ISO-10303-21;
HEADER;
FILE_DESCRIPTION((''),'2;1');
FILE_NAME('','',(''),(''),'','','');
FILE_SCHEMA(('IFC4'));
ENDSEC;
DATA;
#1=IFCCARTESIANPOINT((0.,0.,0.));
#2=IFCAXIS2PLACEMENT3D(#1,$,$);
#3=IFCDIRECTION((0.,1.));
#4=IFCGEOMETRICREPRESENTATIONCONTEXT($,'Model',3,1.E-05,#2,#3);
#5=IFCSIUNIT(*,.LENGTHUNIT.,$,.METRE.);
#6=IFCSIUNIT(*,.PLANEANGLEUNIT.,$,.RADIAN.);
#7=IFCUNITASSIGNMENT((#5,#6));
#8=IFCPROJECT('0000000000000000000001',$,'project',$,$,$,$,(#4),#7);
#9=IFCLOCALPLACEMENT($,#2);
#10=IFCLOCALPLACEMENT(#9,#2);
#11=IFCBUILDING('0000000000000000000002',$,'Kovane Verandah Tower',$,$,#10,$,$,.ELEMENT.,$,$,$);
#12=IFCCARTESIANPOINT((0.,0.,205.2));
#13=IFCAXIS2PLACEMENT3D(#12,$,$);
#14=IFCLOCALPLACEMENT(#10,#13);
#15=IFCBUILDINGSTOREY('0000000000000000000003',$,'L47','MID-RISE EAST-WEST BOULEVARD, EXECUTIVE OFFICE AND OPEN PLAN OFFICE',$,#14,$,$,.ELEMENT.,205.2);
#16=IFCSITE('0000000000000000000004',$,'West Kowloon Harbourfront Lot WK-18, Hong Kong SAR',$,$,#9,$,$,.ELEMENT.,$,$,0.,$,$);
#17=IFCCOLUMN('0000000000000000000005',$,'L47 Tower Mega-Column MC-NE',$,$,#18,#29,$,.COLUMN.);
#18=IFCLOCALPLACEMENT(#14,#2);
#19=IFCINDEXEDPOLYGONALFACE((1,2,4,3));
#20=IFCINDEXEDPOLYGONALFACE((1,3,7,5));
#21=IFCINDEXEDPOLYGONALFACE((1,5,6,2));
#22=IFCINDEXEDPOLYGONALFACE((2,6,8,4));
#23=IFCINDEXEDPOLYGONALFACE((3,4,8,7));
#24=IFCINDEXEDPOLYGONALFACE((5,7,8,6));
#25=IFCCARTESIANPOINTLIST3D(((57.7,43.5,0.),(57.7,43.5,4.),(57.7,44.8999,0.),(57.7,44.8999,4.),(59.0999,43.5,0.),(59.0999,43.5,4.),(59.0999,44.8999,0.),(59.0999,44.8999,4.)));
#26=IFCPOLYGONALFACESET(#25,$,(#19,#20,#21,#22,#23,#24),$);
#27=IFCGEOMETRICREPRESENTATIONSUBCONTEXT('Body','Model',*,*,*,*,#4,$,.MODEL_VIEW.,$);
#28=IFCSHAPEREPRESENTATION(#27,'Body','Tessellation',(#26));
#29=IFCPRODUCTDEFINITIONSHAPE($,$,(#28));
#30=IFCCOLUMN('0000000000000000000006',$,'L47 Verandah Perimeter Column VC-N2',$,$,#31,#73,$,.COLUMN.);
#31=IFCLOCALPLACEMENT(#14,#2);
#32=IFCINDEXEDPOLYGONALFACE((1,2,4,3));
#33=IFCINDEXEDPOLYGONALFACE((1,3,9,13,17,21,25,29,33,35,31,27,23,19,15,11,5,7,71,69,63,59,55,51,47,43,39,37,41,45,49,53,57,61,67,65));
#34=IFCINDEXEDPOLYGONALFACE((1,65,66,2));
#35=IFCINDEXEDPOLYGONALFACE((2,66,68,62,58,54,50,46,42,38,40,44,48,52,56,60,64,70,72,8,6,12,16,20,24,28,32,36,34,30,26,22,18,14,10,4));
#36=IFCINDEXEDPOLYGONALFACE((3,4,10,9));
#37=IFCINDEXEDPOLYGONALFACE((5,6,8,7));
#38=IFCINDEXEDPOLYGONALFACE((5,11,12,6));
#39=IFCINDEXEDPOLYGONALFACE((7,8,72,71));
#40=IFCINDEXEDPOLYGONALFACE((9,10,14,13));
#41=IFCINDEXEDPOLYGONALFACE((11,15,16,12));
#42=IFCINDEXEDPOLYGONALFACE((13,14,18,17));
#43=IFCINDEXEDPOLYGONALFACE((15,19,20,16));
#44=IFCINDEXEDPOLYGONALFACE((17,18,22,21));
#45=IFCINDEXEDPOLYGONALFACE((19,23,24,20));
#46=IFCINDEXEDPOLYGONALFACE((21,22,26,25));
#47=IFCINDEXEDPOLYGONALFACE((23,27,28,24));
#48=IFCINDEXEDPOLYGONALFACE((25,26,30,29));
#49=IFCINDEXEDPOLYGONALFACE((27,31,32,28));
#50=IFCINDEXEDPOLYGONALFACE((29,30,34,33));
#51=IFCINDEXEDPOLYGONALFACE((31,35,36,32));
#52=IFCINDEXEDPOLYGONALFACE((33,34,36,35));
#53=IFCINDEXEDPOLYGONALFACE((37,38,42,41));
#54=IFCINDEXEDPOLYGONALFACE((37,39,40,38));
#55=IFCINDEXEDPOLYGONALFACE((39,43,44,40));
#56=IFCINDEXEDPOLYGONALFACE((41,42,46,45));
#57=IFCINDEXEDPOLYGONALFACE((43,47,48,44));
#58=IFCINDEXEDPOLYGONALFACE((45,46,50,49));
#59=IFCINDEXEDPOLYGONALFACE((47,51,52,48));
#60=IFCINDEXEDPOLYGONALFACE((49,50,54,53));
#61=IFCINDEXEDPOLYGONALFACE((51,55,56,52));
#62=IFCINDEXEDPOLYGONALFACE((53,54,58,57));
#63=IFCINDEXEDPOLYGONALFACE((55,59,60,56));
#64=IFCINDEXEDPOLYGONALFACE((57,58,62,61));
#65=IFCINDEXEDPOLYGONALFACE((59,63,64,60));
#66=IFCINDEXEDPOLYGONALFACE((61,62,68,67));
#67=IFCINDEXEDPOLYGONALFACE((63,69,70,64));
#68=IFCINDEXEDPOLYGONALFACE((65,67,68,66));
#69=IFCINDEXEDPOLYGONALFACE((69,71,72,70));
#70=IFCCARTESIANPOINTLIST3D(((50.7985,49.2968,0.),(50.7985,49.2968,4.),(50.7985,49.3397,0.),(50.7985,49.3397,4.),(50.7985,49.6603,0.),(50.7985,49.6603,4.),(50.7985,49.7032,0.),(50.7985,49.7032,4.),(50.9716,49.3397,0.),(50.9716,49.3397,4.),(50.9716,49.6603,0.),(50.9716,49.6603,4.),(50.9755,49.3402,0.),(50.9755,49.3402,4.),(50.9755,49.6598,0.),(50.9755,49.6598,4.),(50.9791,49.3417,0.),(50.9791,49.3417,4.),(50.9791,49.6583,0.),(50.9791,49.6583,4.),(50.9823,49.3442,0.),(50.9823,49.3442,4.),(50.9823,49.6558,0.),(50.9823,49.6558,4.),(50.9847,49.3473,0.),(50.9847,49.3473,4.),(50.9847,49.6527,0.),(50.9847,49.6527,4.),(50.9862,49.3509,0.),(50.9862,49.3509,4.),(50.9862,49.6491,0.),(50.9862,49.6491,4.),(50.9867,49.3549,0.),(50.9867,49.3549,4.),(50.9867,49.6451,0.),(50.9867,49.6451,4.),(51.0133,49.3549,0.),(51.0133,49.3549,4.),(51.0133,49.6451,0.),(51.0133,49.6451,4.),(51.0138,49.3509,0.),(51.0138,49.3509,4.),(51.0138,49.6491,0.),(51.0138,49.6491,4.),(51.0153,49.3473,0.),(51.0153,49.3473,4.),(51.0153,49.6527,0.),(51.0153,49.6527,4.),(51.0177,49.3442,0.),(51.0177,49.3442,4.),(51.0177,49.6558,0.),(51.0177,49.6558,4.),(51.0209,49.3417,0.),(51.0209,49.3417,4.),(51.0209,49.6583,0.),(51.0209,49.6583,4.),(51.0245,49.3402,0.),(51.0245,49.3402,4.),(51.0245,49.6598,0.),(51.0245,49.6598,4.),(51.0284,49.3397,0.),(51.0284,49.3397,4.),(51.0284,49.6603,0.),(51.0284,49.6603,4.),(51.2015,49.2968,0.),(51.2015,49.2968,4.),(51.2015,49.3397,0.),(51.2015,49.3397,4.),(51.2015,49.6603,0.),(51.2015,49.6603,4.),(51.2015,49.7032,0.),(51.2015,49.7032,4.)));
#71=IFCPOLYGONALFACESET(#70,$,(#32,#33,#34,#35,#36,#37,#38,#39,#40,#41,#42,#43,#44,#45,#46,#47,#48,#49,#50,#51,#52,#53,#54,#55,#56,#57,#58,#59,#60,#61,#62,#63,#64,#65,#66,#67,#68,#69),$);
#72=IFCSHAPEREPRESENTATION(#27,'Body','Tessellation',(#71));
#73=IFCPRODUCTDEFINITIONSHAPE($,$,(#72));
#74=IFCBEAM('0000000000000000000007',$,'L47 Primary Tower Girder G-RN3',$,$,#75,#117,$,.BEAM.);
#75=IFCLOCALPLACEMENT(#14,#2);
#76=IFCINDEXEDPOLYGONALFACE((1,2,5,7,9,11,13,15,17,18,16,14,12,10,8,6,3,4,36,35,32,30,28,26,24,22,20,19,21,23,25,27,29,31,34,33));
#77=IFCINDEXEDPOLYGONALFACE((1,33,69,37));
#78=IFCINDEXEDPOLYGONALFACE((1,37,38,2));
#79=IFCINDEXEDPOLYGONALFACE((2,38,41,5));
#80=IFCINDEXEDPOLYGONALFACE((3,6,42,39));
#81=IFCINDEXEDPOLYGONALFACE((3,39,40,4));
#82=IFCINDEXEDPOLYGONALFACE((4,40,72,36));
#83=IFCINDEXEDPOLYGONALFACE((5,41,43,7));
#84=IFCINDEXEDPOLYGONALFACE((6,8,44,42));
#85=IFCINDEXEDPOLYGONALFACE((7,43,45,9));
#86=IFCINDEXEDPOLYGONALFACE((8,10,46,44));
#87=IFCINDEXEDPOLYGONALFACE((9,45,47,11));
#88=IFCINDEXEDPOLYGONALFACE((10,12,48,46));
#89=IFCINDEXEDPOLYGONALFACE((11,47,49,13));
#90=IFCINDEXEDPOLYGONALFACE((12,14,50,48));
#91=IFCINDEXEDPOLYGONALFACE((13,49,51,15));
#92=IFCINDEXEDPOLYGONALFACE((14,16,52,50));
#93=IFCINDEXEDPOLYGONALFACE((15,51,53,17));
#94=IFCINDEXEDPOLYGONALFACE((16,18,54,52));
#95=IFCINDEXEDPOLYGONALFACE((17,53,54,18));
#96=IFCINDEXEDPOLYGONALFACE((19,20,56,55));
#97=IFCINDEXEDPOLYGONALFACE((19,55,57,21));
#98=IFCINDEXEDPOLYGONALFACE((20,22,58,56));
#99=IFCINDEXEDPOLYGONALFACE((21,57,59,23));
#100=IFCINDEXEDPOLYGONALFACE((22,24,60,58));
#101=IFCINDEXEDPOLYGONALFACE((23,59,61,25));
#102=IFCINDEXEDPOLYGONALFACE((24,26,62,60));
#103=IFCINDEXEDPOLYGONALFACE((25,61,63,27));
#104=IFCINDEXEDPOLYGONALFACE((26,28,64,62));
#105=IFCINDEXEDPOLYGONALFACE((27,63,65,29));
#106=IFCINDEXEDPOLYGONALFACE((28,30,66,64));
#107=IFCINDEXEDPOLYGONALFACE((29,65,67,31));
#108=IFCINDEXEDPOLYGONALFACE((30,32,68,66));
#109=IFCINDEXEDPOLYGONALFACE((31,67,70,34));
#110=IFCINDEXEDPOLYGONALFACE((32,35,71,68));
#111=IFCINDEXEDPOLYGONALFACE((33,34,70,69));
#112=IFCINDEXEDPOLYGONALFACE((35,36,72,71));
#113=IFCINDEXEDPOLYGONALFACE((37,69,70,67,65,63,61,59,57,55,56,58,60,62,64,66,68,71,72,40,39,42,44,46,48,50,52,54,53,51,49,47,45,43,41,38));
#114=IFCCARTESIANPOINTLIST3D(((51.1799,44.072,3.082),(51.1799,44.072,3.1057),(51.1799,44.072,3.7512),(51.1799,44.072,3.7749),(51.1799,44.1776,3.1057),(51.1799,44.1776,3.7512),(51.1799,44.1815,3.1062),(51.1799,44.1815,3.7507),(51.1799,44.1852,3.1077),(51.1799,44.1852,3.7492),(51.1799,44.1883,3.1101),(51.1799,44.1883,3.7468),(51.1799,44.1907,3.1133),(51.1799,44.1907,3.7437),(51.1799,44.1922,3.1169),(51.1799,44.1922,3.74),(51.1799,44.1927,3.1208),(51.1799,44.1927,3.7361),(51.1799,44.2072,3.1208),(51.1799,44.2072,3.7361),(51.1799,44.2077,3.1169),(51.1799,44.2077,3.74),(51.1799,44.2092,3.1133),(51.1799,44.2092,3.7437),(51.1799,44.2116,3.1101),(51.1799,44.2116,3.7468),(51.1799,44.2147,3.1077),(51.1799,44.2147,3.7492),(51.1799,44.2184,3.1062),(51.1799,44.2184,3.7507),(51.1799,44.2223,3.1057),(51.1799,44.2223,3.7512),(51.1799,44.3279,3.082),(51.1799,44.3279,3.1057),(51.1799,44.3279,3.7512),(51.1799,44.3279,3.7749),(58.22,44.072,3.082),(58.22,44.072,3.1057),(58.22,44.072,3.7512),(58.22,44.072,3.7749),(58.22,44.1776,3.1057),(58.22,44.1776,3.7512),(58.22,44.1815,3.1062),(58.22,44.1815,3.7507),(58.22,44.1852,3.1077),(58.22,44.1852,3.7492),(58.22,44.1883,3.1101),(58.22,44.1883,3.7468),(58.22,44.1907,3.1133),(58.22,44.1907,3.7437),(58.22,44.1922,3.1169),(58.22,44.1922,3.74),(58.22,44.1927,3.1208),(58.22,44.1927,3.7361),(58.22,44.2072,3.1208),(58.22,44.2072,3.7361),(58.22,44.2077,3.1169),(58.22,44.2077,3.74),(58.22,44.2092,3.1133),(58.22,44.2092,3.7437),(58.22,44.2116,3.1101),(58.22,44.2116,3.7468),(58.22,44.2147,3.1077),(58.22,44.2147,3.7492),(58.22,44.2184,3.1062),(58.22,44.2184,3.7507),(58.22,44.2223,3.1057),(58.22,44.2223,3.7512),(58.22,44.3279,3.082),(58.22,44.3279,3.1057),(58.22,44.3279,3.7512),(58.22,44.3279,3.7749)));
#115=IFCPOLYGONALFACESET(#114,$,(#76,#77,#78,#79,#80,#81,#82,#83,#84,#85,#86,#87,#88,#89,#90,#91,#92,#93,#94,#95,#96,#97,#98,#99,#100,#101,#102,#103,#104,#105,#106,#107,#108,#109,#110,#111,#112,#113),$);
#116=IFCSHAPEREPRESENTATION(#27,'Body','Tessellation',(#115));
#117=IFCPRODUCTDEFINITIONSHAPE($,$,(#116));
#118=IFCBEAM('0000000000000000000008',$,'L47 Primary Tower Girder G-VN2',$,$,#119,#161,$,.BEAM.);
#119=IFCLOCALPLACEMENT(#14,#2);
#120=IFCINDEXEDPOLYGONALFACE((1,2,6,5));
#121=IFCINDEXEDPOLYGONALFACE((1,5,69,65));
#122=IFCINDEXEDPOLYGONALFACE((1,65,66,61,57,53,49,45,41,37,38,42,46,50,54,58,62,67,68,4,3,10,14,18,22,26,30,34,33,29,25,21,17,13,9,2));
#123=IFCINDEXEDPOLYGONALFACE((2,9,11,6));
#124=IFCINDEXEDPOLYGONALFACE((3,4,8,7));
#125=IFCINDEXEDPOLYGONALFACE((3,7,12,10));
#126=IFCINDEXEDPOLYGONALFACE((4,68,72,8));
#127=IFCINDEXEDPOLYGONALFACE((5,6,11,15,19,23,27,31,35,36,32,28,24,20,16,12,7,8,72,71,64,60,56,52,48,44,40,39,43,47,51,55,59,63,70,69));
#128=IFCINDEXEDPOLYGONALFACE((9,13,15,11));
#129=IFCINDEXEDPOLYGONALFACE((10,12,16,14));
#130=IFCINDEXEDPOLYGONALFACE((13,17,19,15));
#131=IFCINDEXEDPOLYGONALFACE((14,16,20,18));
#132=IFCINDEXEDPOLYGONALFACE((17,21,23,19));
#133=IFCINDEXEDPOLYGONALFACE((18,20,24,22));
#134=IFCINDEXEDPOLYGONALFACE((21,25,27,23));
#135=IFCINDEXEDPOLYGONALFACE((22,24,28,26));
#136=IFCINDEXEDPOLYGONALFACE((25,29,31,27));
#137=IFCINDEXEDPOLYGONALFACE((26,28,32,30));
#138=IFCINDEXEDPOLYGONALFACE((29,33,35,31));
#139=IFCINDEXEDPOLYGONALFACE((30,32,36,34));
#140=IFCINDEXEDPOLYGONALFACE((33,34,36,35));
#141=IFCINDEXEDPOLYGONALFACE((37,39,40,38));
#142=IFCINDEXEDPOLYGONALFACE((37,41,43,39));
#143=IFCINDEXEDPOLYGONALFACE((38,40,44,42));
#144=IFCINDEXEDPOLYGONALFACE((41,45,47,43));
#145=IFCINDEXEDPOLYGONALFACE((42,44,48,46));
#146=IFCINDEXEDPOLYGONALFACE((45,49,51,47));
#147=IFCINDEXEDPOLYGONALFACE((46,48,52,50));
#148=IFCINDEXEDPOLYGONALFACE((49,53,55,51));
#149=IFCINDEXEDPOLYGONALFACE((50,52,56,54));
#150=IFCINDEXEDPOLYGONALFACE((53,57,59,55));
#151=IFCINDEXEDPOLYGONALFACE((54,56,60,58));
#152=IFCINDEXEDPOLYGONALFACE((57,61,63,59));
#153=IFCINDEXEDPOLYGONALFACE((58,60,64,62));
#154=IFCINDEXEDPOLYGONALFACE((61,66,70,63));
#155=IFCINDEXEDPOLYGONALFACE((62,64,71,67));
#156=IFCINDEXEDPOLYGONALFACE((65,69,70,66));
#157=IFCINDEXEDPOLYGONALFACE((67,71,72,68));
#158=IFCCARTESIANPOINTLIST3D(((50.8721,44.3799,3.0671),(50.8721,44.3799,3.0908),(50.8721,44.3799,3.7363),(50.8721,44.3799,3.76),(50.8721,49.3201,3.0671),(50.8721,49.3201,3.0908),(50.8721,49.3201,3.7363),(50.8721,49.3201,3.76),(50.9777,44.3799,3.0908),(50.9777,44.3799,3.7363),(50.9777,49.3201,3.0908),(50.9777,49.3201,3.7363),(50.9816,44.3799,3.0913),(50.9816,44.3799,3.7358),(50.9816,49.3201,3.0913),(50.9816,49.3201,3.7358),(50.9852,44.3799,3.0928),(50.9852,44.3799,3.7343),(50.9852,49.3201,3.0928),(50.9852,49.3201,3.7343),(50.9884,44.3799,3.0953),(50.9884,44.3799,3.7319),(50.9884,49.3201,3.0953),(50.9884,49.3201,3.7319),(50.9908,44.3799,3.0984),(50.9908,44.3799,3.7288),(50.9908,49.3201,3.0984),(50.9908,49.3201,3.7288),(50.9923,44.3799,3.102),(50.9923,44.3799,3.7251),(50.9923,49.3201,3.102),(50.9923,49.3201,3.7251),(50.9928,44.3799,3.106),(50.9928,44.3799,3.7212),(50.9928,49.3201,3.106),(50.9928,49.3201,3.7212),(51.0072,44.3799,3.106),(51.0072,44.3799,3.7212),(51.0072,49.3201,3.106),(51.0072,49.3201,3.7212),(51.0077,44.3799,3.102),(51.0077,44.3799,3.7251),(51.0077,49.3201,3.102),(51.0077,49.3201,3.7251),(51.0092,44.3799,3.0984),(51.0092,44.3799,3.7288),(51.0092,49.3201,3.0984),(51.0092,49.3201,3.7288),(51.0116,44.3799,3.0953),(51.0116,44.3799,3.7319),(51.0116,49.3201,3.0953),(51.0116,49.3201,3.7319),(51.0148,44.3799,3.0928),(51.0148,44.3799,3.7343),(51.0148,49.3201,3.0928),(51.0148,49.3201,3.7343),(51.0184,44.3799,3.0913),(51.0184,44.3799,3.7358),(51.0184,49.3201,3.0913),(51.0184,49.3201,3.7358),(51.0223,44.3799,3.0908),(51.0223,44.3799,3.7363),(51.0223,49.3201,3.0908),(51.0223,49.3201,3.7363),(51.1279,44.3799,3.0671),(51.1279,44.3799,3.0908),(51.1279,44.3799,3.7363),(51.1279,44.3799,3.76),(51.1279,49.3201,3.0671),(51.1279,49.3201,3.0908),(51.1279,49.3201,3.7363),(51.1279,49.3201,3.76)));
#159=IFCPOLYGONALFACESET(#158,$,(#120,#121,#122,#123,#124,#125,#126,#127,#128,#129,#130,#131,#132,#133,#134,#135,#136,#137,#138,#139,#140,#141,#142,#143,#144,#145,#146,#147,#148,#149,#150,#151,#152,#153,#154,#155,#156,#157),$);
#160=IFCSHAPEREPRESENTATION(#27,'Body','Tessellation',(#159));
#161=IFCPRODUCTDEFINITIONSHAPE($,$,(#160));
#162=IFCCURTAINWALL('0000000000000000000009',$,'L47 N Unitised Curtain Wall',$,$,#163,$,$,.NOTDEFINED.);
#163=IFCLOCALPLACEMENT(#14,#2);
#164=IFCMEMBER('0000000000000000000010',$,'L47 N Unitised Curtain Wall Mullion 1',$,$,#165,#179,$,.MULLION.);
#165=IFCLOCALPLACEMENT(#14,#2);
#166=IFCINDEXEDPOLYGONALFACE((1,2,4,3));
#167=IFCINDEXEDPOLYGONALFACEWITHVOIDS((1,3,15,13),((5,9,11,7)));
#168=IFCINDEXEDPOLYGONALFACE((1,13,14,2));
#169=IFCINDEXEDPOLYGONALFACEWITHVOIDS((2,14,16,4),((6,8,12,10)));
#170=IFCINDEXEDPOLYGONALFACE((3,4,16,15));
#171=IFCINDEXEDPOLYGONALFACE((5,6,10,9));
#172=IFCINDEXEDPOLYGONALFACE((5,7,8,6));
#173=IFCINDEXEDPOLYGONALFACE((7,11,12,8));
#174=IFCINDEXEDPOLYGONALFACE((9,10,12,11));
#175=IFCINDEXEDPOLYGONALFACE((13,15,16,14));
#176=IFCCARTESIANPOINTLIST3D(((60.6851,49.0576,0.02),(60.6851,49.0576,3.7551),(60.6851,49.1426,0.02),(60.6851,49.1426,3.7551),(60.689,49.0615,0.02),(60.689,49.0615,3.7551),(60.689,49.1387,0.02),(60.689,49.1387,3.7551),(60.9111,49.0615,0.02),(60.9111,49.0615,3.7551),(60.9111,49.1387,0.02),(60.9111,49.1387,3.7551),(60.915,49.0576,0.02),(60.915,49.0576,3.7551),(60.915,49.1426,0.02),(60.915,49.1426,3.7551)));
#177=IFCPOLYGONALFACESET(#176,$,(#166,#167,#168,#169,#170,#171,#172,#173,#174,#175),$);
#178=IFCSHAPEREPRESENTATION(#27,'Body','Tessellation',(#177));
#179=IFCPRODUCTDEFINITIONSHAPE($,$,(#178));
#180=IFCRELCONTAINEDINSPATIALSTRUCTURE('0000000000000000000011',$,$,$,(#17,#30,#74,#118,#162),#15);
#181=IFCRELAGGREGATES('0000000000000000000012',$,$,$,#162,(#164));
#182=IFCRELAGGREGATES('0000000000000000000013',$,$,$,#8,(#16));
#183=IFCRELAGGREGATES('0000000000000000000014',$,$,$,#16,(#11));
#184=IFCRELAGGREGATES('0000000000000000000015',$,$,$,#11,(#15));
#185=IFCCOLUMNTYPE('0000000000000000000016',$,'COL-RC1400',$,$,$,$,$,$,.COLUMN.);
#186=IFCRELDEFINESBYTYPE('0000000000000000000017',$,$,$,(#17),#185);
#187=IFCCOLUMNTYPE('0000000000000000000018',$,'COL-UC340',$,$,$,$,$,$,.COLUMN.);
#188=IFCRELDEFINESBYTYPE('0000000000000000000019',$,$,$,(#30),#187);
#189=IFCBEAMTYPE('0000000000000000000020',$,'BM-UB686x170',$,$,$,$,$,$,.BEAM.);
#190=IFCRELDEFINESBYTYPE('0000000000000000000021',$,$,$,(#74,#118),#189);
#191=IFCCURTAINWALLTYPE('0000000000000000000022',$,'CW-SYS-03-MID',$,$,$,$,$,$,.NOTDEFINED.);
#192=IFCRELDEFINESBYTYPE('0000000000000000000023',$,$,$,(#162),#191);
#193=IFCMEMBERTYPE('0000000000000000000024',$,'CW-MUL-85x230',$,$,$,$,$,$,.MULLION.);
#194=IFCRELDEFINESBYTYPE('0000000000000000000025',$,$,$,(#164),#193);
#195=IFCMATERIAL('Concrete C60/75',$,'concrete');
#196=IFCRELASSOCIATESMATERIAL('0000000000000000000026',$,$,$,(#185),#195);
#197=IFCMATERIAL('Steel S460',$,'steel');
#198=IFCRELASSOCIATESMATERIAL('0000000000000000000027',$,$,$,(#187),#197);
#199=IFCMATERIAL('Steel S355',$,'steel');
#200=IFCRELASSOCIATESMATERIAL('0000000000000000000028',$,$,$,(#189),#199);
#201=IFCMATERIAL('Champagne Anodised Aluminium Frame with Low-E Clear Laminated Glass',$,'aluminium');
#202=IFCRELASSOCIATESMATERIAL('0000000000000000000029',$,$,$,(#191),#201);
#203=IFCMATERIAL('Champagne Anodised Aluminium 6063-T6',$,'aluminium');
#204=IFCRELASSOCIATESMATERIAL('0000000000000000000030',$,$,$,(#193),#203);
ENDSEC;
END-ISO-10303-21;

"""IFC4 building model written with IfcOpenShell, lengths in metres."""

from ifc_helpers import new_model, si_unit, direction, frame, origin, origin_2d, place, context, subcontext, project, spatial, rectangle, hollow_rectangle, i_section, extrude, material, material_profile, profile_set, type_object, element, aggregate, save


model = new_model("IFC4")

# Units and contexts
model_context = context("Model", 3, precision=1e-05, world=origin(), true_north=direction((0.0, 1.0)))
body_context = subcontext(model_context, "Body", "Model", "MODEL_VIEW")
ifc_project = project(units=[si_unit("LENGTHUNIT", "METRE"), si_unit("PLANEANGLEUNIT", "RADIAN")], contexts=[model_context])

# Site, building, storey
site_placement = place(None, origin())
site = spatial("IfcSite", under=ifc_project, at=site_placement, Name="West Kowloon Harbourfront Lot WK-18, Hong Kong SAR", CompositionType="ELEMENT", RefElevation=0.0)
building_placement = place(site_placement, origin())
building = spatial("IfcBuilding", under=site, at=building_placement, Name="Kovane Verandah Tower", CompositionType="ELEMENT")
storey_placement = place(building_placement, frame((0.0, 0.0, 205.2)))
storey = spatial("IfcBuildingStorey", under=building, at=storey_placement, Name="L47", Description="MID-RISE EAST-WEST BOULEVARD, EXECUTIVE OFFICE AND OPEN PLAN OFFICE", CompositionType="ELEMENT", Elevation=205.2)

# Columns
ifc_material_1 = material(Name="Concrete C60/75", Category="concrete")
ifc_material_profile_1 = material_profile(ifc_material_1, rectangle(XDim=1.3999, YDim=1.3999, at=origin_2d()), Name="RC1400x1400")
ifc_profile_set_1 = profile_set([ifc_material_profile_1], Name="Concrete C60/75")
column_type_1 = type_object("IfcColumnType", Name="COL-RC1400", PredefinedType="COLUMN", material=ifc_profile_set_1)
column_1_placement = place(storey_placement, frame((58.3999, 44.2, 0.0), z_axis=(0.0, 0.0, 1.0), x_axis=(1.0, 0.0, 0.0)))
element("IfcColumn", 1, at=column_1_placement, inside=storey, type_object=column_type_1, Name="L47 Tower Mega-Column MC-NE", PredefinedType="COLUMN", context=body_context, shape_type="SweptSolid", body=[
    extrude(rectangle(XDim=1.3999, YDim=1.3999, at=origin_2d()), origin(), (0.0, 0.0, 1.0), 4.0),
])
ifc_material_2 = material(Name="Steel S460", Category="steel")
ifc_material_profile_2 = material_profile(ifc_material_2, i_section(OverallWidth=0.4031, OverallDepth=0.4065, WebThickness=0.0266, FlangeThickness=0.043, FilletRadius=0.0151, at=origin_2d()), Name="UC356x406x340")
ifc_profile_set_2 = profile_set([ifc_material_profile_2], Name="Steel S460")
column_type_2 = type_object("IfcColumnType", Name="COL-UC340", PredefinedType="COLUMN", material=ifc_profile_set_2)
column_2_placement = place(storey_placement, frame((51.0, 49.5, 0.0), z_axis=(0.0, 0.0, 1.0), x_axis=(1.0, 0.0, 0.0)))
element("IfcColumn", 2, at=column_2_placement, inside=storey, type_object=column_type_2, Name="L47 Verandah Perimeter Column VC-N2", PredefinedType="COLUMN", context=body_context, shape_type="SweptSolid", body=[
    extrude(i_section(OverallWidth=0.4031, OverallDepth=0.4065, WebThickness=0.0266, FlangeThickness=0.043, FilletRadius=0.0151, at=origin_2d()), origin(), (0.0, 0.0, 1.0), 4.0),
])

# Beams
ifc_material_3 = material(Name="Steel S355", Category="steel")
ifc_material_profile_3 = material_profile(ifc_material_3, i_section(OverallWidth=0.2559, OverallDepth=0.6929, WebThickness=0.0144, FlangeThickness=0.0237, FilletRadius=0.0151, at=origin_2d()), Name="UB686x254x170")
ifc_profile_set_3 = profile_set([ifc_material_profile_3], Name="Steel S355")
beam_type_1 = type_object("IfcBeamType", Name="BM-UB686x170", PredefinedType="BEAM", material=ifc_profile_set_3)
beam_1_placement = place(storey_placement, frame((51.1799, 44.2, 3.4285), z_axis=(1.0, 0.0, 0.0), x_axis=(0.0, 1.0, 0.0)))
element("IfcBeam", 3, at=beam_1_placement, inside=storey, type_object=beam_type_1, Name="L47 Primary Tower Girder G-RN3", PredefinedType="BEAM", context=body_context, shape_type="SweptSolid", body=[
    extrude(i_section(OverallWidth=0.2559, OverallDepth=0.6929, WebThickness=0.0144, FlangeThickness=0.0237, FilletRadius=0.0151, at=origin_2d()), origin(), (0.0, 0.0, 1.0), 7.04),
])
beam_2_placement = place(storey_placement, frame((51.0, 44.3799, 3.4136), z_axis=(0.0, 1.0, 0.0), x_axis=(-1.0, 0.0, 0.0)))
element("IfcBeam", 4, at=beam_2_placement, inside=storey, type_object=beam_type_1, Name="L47 Primary Tower Girder G-VN2", PredefinedType="BEAM", context=body_context, shape_type="SweptSolid", body=[
    extrude(i_section(OverallWidth=0.2559, OverallDepth=0.6929, WebThickness=0.0144, FlangeThickness=0.0237, FilletRadius=0.0151, at=origin_2d()), origin(), (0.0, 0.0, 1.0), 4.9402),
])

# Curtain wall, member
ifc_material_4 = material(Name="Champagne Anodised Aluminium Frame with Low-E Clear Laminated Glass", Category="aluminium")
curtain_wall_type = type_object("IfcCurtainWallType", Name="CW-SYS-03-MID", PredefinedType="NOTDEFINED", material=ifc_material_4)
curtain_wall_placement = place(storey_placement, origin())
curtain_wall = element("IfcCurtainWall", 5, at=curtain_wall_placement, inside=storey, type_object=curtain_wall_type, Name="L47 N Unitised Curtain Wall", PredefinedType="NOTDEFINED")
ifc_material_5 = material(Name="Champagne Anodised Aluminium 6063-T6", Category="aluminium")
ifc_material_profile_4 = material_profile(ifc_material_5, hollow_rectangle(XDim=0.085, YDim=0.23, WallThickness=0.0039, at=origin_2d()), Name="AL85x230x4")
ifc_profile_set_4 = profile_set([ifc_material_profile_4], Name="Champagne Anodised Aluminium 6063-T6")
member_type_1 = type_object("IfcMemberType", Name="CW-MUL-85x230", PredefinedType="MULLION", material=ifc_profile_set_4)
member_1_placement = place(storey_placement, frame((60.8, 49.1001, 0.02), z_axis=(0.0, 0.0, 1.0), x_axis=(0.0, 1.0, 0.0)))
member_1 = element("IfcMember", 6, at=member_1_placement, type_object=member_type_1, Name="L47 N Unitised Curtain Wall Mullion 1", PredefinedType="MULLION", context=body_context, shape_type="SweptSolid", body=[
    extrude(hollow_rectangle(XDim=0.085, YDim=0.23, WallThickness=0.0039, at=origin_2d()), origin(), (0.0, 0.0, 1.0), 3.7351),
])

aggregate(curtain_wall, [member_1])

save(model, "model.ifc")
